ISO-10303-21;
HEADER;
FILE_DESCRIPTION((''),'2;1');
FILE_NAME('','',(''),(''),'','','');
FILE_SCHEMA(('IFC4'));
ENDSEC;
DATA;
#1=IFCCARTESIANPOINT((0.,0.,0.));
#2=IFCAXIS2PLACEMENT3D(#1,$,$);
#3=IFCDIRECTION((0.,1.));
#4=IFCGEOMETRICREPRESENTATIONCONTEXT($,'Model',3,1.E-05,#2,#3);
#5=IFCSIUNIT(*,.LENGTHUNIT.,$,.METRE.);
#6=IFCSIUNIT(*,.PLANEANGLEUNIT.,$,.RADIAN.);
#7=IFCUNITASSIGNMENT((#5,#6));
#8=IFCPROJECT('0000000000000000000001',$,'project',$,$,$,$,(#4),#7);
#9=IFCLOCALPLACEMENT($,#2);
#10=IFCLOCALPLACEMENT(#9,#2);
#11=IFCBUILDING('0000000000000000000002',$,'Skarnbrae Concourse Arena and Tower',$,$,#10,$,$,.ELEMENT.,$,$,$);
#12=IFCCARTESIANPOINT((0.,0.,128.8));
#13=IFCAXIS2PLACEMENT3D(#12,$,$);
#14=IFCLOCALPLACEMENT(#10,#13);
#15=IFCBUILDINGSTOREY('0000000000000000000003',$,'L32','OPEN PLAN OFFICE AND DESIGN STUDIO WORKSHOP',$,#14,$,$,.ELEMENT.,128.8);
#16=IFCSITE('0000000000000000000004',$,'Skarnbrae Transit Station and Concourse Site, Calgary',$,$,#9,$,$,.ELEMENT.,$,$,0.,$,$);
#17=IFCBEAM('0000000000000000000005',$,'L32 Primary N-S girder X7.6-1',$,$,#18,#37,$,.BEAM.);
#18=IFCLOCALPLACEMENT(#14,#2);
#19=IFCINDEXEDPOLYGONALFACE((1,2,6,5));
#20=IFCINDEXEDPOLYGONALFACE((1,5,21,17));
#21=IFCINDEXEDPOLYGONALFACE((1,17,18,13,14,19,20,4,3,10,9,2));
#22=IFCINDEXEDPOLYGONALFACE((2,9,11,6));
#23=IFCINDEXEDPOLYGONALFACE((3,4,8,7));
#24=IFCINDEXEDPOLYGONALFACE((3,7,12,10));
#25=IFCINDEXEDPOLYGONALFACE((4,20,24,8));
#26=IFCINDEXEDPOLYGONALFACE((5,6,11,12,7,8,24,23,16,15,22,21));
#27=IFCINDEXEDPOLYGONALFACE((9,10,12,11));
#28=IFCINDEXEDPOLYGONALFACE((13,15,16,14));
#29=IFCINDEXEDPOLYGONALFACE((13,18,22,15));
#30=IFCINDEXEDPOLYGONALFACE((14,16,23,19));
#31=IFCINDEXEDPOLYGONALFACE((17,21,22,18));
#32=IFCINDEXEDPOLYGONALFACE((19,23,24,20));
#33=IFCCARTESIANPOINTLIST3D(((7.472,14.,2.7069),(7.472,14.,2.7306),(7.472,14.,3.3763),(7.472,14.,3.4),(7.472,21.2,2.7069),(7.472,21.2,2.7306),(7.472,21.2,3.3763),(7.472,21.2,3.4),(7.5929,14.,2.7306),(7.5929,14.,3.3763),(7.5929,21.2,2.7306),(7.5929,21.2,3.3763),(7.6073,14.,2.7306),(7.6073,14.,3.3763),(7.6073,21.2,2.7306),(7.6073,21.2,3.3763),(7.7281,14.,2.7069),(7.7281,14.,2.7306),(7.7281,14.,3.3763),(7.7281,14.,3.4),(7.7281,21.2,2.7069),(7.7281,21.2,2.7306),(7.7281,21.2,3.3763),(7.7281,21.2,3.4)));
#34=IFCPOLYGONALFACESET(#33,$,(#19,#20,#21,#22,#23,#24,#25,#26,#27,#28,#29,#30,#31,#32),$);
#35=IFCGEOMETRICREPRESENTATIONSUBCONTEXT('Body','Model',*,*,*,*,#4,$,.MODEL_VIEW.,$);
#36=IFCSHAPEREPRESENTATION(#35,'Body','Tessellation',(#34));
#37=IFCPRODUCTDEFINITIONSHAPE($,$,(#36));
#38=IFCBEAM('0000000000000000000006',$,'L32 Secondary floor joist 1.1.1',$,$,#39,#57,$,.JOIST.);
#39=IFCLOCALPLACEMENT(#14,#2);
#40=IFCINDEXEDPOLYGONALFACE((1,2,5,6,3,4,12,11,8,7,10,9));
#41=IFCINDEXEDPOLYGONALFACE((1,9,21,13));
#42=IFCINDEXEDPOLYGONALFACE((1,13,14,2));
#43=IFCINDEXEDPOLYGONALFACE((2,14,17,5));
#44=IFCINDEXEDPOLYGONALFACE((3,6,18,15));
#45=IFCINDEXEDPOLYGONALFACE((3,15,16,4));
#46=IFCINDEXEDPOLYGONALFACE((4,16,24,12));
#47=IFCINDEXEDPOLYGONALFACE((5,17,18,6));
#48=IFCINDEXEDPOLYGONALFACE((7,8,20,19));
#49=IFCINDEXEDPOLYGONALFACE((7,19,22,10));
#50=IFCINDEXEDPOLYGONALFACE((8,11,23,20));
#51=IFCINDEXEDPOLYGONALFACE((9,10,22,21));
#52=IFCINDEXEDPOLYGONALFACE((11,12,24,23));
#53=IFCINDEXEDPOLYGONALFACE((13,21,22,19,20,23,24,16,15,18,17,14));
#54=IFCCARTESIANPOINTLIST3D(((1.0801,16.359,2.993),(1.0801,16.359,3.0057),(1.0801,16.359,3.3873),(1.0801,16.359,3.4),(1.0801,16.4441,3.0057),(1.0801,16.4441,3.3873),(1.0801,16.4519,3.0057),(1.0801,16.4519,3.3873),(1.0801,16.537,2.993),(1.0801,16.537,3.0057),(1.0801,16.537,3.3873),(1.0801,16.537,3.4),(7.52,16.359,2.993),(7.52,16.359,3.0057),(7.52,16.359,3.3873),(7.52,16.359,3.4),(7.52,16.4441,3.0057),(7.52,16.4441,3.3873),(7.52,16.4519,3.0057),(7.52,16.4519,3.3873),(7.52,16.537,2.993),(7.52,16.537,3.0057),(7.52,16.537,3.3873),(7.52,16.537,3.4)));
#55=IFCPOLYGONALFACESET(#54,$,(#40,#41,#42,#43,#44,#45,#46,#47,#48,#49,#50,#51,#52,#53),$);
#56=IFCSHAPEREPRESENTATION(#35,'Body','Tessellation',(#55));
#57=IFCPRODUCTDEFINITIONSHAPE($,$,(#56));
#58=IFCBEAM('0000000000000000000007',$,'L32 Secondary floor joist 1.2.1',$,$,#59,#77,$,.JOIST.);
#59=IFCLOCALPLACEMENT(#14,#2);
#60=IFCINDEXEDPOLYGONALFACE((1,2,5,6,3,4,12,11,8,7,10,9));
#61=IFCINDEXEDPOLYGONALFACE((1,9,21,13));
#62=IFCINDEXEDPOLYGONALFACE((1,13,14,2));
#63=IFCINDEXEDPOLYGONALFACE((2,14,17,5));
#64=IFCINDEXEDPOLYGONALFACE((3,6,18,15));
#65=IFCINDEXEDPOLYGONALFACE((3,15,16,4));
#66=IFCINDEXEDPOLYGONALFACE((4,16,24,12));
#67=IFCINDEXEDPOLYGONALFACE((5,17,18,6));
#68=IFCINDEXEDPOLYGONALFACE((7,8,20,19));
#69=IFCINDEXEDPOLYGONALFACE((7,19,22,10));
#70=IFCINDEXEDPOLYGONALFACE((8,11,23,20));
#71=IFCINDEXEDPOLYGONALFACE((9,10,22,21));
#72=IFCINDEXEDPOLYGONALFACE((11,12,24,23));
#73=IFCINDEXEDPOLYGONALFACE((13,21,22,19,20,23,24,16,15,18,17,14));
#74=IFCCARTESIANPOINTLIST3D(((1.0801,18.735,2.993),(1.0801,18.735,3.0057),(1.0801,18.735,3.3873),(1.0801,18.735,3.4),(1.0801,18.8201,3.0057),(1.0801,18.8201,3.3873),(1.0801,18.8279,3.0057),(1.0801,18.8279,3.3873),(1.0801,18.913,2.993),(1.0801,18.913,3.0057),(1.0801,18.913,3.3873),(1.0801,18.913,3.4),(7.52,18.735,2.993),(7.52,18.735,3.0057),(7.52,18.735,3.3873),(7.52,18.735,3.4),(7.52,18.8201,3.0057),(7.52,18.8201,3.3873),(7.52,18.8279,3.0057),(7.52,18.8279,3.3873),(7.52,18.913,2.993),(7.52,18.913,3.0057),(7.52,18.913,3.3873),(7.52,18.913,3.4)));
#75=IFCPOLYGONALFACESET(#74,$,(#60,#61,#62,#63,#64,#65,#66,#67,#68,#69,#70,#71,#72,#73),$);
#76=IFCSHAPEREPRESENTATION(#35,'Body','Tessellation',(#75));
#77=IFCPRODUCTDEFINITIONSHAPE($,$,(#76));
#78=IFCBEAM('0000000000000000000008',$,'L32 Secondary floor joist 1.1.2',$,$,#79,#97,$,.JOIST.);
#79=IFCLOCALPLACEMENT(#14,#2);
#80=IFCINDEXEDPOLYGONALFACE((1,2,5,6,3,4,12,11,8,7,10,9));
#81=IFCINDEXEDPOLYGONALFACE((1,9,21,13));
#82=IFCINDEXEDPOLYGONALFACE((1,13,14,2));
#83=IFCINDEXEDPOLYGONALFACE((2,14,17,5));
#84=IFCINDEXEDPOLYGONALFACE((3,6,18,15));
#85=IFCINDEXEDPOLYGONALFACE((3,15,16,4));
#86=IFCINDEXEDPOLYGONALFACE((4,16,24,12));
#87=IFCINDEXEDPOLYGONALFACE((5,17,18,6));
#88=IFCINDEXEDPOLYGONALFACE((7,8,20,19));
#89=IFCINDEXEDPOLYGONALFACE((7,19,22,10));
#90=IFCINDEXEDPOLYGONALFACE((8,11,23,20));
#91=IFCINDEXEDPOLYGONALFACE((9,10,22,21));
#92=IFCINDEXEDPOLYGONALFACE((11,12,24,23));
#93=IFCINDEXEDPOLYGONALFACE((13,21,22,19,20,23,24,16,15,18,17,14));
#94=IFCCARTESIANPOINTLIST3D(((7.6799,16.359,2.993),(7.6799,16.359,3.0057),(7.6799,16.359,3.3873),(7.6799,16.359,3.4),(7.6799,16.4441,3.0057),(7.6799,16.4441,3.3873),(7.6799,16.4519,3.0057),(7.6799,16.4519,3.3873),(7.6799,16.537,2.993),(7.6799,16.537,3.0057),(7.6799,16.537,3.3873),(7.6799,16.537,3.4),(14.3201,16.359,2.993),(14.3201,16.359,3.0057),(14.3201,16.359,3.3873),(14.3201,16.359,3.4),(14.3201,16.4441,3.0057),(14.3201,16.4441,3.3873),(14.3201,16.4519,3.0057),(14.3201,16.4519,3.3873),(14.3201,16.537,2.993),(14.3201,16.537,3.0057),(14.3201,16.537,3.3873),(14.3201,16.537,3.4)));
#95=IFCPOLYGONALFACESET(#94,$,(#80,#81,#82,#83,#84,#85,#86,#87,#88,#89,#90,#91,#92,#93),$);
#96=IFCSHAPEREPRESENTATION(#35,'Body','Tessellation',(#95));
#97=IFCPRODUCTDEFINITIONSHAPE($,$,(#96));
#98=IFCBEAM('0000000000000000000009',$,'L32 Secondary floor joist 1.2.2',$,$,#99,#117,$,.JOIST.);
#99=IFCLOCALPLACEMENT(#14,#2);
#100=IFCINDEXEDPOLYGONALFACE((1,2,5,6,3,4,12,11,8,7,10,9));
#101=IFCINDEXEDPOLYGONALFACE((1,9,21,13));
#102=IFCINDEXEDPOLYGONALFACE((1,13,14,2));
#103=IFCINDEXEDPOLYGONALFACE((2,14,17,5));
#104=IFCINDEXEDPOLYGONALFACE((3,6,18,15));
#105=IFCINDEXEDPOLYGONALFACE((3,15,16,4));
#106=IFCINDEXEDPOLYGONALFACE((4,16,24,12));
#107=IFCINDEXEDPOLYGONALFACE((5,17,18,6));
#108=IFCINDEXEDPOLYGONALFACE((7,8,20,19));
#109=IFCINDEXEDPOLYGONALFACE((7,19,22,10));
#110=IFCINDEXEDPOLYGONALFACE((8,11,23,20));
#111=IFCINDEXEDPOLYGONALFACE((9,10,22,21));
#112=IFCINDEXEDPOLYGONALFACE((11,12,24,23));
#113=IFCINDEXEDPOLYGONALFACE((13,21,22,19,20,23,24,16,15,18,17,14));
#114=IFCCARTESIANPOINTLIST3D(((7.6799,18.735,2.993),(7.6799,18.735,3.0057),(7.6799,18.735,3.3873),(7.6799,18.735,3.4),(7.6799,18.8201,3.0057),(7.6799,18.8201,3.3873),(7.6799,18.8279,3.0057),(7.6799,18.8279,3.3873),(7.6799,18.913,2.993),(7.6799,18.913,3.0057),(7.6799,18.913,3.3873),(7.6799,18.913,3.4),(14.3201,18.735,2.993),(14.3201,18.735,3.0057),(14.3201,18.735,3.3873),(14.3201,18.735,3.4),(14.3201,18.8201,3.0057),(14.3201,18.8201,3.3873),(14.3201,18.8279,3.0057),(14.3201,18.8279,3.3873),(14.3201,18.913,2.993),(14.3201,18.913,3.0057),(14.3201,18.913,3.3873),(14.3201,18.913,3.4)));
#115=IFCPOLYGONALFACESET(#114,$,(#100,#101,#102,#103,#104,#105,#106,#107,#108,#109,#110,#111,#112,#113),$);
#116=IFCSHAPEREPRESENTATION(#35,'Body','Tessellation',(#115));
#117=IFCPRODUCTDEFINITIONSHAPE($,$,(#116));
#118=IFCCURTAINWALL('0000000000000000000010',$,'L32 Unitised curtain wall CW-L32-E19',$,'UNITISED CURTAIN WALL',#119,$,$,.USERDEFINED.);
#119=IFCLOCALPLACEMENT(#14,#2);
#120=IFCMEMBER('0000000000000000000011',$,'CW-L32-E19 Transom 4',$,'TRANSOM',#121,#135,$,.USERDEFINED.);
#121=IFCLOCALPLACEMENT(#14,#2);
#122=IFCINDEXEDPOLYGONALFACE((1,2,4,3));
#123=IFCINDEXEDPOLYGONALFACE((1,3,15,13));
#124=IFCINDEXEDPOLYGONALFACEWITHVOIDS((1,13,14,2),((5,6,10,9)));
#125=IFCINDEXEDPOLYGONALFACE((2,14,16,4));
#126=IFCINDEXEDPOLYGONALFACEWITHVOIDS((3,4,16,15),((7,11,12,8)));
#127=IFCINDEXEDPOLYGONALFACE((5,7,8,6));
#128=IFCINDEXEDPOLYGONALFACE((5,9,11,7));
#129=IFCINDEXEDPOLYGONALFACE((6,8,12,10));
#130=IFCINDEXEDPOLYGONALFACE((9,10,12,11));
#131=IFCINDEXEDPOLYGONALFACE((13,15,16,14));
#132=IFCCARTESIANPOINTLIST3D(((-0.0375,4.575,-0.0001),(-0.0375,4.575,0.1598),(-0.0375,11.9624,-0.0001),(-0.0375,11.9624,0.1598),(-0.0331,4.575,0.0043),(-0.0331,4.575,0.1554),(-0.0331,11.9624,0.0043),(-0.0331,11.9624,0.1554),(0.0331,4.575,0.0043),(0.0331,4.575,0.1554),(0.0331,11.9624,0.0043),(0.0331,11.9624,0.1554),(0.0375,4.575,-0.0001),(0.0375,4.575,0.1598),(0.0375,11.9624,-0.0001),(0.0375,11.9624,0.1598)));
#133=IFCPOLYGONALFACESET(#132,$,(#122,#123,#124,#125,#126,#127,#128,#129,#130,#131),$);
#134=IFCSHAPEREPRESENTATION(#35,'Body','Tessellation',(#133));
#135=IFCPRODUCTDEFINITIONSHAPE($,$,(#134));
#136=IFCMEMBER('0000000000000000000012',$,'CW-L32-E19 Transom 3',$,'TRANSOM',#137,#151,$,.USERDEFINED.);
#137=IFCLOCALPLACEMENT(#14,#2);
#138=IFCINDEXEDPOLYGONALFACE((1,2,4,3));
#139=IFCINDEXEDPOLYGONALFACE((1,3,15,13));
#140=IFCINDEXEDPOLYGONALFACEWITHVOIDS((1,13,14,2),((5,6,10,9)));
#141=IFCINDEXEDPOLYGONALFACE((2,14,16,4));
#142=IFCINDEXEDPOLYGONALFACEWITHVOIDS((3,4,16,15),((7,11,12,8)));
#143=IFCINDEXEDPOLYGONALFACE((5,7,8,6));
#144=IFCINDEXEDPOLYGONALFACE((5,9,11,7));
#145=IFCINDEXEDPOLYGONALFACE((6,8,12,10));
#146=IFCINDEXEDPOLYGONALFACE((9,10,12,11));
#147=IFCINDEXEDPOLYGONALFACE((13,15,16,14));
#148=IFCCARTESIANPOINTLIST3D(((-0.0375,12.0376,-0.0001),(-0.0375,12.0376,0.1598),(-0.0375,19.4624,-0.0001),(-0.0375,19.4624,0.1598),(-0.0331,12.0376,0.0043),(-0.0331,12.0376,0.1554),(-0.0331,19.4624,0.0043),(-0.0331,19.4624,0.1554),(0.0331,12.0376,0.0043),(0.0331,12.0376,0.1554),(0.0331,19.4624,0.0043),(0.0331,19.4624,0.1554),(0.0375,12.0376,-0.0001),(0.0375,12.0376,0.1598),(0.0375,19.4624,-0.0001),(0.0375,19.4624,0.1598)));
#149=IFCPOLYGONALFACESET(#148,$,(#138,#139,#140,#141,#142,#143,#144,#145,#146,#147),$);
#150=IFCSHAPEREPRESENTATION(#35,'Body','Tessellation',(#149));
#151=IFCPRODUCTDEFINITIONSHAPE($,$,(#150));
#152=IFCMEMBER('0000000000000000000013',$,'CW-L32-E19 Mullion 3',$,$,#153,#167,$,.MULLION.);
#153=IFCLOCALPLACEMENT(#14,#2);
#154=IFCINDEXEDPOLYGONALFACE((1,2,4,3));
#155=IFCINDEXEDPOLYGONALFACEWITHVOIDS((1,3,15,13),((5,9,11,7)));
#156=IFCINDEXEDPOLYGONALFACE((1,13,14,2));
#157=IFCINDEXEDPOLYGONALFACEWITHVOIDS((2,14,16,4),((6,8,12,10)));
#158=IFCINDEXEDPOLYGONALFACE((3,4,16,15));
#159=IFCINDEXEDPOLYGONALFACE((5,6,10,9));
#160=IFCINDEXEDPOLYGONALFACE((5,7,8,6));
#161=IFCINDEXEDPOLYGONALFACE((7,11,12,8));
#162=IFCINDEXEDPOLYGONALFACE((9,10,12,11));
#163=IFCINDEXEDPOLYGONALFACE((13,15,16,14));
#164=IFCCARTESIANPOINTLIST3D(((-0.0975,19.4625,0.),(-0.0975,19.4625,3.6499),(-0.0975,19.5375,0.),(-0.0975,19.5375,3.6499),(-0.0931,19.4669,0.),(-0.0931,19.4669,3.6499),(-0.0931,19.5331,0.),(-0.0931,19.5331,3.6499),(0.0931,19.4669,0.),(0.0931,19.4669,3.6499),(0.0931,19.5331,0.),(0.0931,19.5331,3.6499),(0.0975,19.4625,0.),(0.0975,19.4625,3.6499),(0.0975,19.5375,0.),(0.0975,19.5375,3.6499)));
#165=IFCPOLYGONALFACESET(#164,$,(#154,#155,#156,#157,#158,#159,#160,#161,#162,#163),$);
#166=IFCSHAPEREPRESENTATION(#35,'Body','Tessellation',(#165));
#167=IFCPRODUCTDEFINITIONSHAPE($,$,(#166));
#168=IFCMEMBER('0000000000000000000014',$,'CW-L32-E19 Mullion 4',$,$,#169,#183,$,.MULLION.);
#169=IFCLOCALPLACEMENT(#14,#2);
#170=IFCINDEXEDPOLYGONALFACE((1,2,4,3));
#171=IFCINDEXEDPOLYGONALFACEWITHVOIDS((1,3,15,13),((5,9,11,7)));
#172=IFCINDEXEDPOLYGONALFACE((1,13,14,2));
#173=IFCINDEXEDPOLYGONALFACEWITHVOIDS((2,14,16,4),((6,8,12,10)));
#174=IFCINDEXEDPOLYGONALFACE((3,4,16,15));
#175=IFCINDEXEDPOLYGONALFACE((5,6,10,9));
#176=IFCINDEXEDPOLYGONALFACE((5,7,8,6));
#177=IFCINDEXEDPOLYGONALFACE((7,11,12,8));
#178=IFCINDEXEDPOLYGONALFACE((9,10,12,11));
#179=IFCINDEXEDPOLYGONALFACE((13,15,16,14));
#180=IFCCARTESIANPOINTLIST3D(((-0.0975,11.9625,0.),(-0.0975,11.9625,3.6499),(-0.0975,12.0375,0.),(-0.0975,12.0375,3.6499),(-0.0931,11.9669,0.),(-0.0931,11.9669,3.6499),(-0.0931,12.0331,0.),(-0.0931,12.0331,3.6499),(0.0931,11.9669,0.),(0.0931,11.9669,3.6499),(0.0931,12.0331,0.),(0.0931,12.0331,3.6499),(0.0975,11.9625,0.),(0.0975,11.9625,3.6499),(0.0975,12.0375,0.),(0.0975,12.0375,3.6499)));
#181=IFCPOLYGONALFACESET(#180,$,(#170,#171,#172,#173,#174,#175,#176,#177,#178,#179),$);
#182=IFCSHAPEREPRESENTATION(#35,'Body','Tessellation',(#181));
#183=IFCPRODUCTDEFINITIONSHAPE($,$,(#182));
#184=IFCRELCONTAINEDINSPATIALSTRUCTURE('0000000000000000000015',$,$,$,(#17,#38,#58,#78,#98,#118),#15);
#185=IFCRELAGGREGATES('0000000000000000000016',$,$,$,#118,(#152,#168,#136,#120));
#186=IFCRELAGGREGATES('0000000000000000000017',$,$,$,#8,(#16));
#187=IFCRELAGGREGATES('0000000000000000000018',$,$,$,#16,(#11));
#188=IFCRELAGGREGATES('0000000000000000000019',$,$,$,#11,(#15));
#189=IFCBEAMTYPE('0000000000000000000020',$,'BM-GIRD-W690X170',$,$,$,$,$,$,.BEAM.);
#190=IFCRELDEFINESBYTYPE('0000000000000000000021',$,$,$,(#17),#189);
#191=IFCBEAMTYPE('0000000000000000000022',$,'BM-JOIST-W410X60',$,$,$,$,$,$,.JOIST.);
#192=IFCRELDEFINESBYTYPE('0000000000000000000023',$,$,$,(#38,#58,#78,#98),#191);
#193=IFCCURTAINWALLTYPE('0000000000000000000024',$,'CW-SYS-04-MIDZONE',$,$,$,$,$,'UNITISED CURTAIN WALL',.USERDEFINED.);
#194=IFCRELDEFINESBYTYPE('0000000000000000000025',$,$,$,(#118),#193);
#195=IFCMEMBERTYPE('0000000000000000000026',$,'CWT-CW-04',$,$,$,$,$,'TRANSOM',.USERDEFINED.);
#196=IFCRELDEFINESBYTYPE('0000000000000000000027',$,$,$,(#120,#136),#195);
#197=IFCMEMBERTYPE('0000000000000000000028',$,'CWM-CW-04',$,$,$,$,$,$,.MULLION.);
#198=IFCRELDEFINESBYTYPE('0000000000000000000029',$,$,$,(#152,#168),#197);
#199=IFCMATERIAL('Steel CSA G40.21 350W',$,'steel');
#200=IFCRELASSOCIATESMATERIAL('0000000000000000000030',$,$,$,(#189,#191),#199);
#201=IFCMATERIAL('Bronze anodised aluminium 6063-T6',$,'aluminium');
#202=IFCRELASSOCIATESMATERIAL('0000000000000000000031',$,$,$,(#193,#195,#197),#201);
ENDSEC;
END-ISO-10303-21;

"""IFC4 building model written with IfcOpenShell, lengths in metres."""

from ifc_helpers import new_model, si_unit, direction, frame, origin, origin_2d, place, context, subcontext, project, spatial, hollow_rectangle, i_section, extrude, source, transform, mapped, material, material_profile, profile_set, type_object, element, aggregate, save


model = new_model("IFC4")

# Units and contexts
model_context = context("Model", 3, precision=1e-05, world=origin(), true_north=direction((0.0, 1.0)))
body_context = subcontext(model_context, "Body", "Model", "MODEL_VIEW")
ifc_project = project(units=[si_unit("LENGTHUNIT", "METRE"), si_unit("PLANEANGLEUNIT", "RADIAN")], contexts=[model_context])

# Site, building, storey
site_placement = place(None, origin())
site = spatial("IfcSite", under=ifc_project, at=site_placement, Name="Skarnbrae Transit Station and Concourse Site, Calgary", CompositionType="ELEMENT", RefElevation=0.0)
building_placement = place(site_placement, origin())
building = spatial("IfcBuilding", under=site, at=building_placement, Name="Skarnbrae Concourse Arena and Tower", CompositionType="ELEMENT")
storey_placement = place(building_placement, frame((0.0, 0.0, 128.8)))
storey = spatial("IfcBuildingStorey", under=building, at=storey_placement, Name="L32", Description="OPEN PLAN OFFICE AND DESIGN STUDIO WORKSHOP", CompositionType="ELEMENT", Elevation=128.8)

# Shared definitions
ifc_material_1 = material(Name="Steel CSA G40.21 350W", Category="steel")

# Beams
ifc_material_profile_1 = material_profile(ifc_material_1, i_section(OverallWidth=0.2561, OverallDepth=0.6931, WebThickness=0.0144, FlangeThickness=0.0237, at=origin_2d()), Name="W690X170")
ifc_profile_set_1 = profile_set([ifc_material_profile_1], Name="Steel CSA G40.21 350W")
beam_type_1 = type_object("IfcBeamType", Name="BM-GIRD-W690X170", PredefinedType="BEAM", material=ifc_profile_set_1)
shared_shape_1 = source(origin(), body_context, "Body", "SweptSolid", [
    extrude(i_section(OverallWidth=0.2561, OverallDepth=0.6931, WebThickness=0.0144, FlangeThickness=0.0237, at=origin_2d()), origin(), (0.0, 0.0, 1.0), 7.2),
])
beam_1_placement = place(storey_placement, frame((7.6001, 14.0, 3.0535), z_axis=(0.0, 1.0, 0.0), x_axis=(-1.0, 0.0, 0.0)))
element("IfcBeam", 1, at=beam_1_placement, inside=storey, type_object=beam_type_1, Name="L32 Primary N-S girder X7.6-1", PredefinedType="BEAM", context=body_context, shape_type="MappedRepresentation", body=[
    mapped(shared_shape_1, transform((0.0, 0.0, 0.0))),
])
ifc_material_profile_2 = material_profile(ifc_material_1, i_section(OverallWidth=0.178, OverallDepth=0.407, WebThickness=0.0078, FlangeThickness=0.0127, at=origin_2d()), Name="W410X60")
ifc_profile_set_2 = profile_set([ifc_material_profile_2], Name="Steel CSA G40.21 350W")
beam_type_2 = type_object("IfcBeamType", Name="BM-JOIST-W410X60", PredefinedType="JOIST", material=ifc_profile_set_2)
shared_shape_2 = source(origin(), body_context, "Body", "SweptSolid", [
    extrude(i_section(OverallWidth=0.178, OverallDepth=0.407, WebThickness=0.0078, FlangeThickness=0.0127, at=origin_2d()), origin(), (0.0, 0.0, 1.0), 6.4399),
])
for number, where, z_axis, x_axis, name in (
    (2, (1.0801, 16.448, 3.1965), (1.0, 0.0, 0.0), (0.0, 1.0, 0.0), "L32 Secondary floor joist 1.1.1"),
    (3, (1.0801, 18.824, 3.1965), (1.0, 0.0, 0.0), (0.0, 1.0, 0.0), "L32 Secondary floor joist 1.2.1"),
):
    element("IfcBeam", number, at=place(storey_placement, frame(where, z_axis=z_axis, x_axis=x_axis)), inside=storey, type_object=beam_type_2, Name=name, PredefinedType="JOIST", context=body_context, shape_type="MappedRepresentation", body=[
        mapped(shared_shape_2, transform((0.0, 0.0, 0.0))),
    ])
shared_shape_3 = source(origin(), body_context, "Body", "SweptSolid", [
    extrude(i_section(OverallWidth=0.178, OverallDepth=0.407, WebThickness=0.0078, FlangeThickness=0.0127, at=origin_2d()), origin(), (0.0, 0.0, 1.0), 6.6401),
])
for number, where, z_axis, x_axis, name in (
    (4, (7.6799, 16.448, 3.1965), (1.0, 0.0, 0.0), (0.0, 1.0, 0.0), "L32 Secondary floor joist 1.1.2"),
    (5, (7.6799, 18.824, 3.1965), (1.0, 0.0, 0.0), (0.0, 1.0, 0.0), "L32 Secondary floor joist 1.2.2"),
):
    element("IfcBeam", number, at=place(storey_placement, frame(where, z_axis=z_axis, x_axis=x_axis)), inside=storey, type_object=beam_type_2, Name=name, PredefinedType="JOIST", context=body_context, shape_type="MappedRepresentation", body=[
        mapped(shared_shape_3, transform((0.0, 0.0, 0.0))),
    ])

# Curtain wall, members
ifc_material_2 = material(Name="Bronze anodised aluminium 6063-T6", Category="aluminium")
curtain_wall_type = type_object("IfcCurtainWallType", Name="CW-SYS-04-MIDZONE", ElementType="UNITISED CURTAIN WALL", PredefinedType="USERDEFINED", material=ifc_material_2)
curtain_wall_placement = place(storey_placement, origin())
curtain_wall = element("IfcCurtainWall", 6, at=curtain_wall_placement, inside=storey, type_object=curtain_wall_type, Name="L32 Unitised curtain wall CW-L32-E19", ObjectType="UNITISED CURTAIN WALL", PredefinedType="USERDEFINED")
ifc_material_profile_3 = material_profile(ifc_material_2, hollow_rectangle(XDim=0.075, YDim=0.1599, WallThickness=0.0044, at=origin_2d()), Name="ALU-TRAN-75X160")
ifc_profile_set_3 = profile_set([ifc_material_profile_3], Name="Bronze anodised aluminium 6063-T6")
member_type_1 = type_object("IfcMemberType", Name="CWT-CW-04", ElementType="TRANSOM", PredefinedType="USERDEFINED", material=ifc_profile_set_3)
shared_shape_4 = source(origin(), body_context, "Body", "SweptSolid", [
    extrude(hollow_rectangle(XDim=0.075, YDim=0.1599, WallThickness=0.0044, at=origin_2d()), origin(), (0.0, 0.0, 1.0), 7.3875),
])
member_1_placement = place(storey_placement, frame((0.0, 11.9624, 0.0798), z_axis=(0.0, -1.0, 0.0), x_axis=(1.0, 0.0, 0.0)))
member_1 = element("IfcMember", 7, at=member_1_placement, type_object=member_type_1, Name="CW-L32-E19 Transom 4", ObjectType="TRANSOM", PredefinedType="USERDEFINED", context=body_context, shape_type="MappedRepresentation", body=[
    mapped(shared_shape_4, transform((0.0, 0.0, 0.0))),
])
shared_shape_5 = source(origin(), body_context, "Body", "SweptSolid", [
    extrude(hollow_rectangle(XDim=0.075, YDim=0.1599, WallThickness=0.0044, at=origin_2d()), origin(), (0.0, 0.0, 1.0), 7.4248),
])
member_2_placement = place(storey_placement, frame((0.0, 19.4624, 0.0798), z_axis=(0.0, -1.0, 0.0), x_axis=(1.0, 0.0, 0.0)))
member_2 = element("IfcMember", 8, at=member_2_placement, type_object=member_type_1, Name="CW-L32-E19 Transom 3", ObjectType="TRANSOM", PredefinedType="USERDEFINED", context=body_context, shape_type="MappedRepresentation", body=[
    mapped(shared_shape_5, transform((0.0, 0.0, 0.0))),
])
ifc_material_profile_4 = material_profile(ifc_material_2, hollow_rectangle(XDim=0.075, YDim=0.1951, WallThickness=0.0044, at=origin_2d()), Name="ALU-MULL-75X195")
ifc_profile_set_4 = profile_set([ifc_material_profile_4], Name="Bronze anodised aluminium 6063-T6")
member_type_2 = type_object("IfcMemberType", Name="CWM-CW-04", PredefinedType="MULLION", material=ifc_profile_set_4)
shared_shape_6 = source(origin(), body_context, "Body", "SweptSolid", [
    extrude(hollow_rectangle(XDim=0.075, YDim=0.1951, WallThickness=0.0044, at=origin_2d()), origin(), (0.0, 0.0, 1.0), 3.6499),
])
member_3_placement = place(storey_placement, frame((0.0, 19.5, 0.0), z_axis=(0.0, 0.0, 1.0), x_axis=(0.0, -1.0, 0.0)))
member_3 = element("IfcMember", 9, at=member_3_placement, type_object=member_type_2, Name="CW-L32-E19 Mullion 3", PredefinedType="MULLION", context=body_context, shape_type="MappedRepresentation", body=[
    mapped(shared_shape_6, transform((0.0, 0.0, 0.0))),
])
member_4_placement = place(storey_placement, frame((0.0, 12.0, 0.0), z_axis=(0.0, 0.0, 1.0), x_axis=(0.0, -1.0, 0.0)))
member_4 = element("IfcMember", 10, at=member_4_placement, type_object=member_type_2, Name="CW-L32-E19 Mullion 4", PredefinedType="MULLION", context=body_context, shape_type="MappedRepresentation", body=[
    mapped(shared_shape_6, transform((0.0, 0.0, 0.0))),
])
aggregate(curtain_wall, [member_3, member_4, member_2, member_1])

save(model, "model.ifc")
